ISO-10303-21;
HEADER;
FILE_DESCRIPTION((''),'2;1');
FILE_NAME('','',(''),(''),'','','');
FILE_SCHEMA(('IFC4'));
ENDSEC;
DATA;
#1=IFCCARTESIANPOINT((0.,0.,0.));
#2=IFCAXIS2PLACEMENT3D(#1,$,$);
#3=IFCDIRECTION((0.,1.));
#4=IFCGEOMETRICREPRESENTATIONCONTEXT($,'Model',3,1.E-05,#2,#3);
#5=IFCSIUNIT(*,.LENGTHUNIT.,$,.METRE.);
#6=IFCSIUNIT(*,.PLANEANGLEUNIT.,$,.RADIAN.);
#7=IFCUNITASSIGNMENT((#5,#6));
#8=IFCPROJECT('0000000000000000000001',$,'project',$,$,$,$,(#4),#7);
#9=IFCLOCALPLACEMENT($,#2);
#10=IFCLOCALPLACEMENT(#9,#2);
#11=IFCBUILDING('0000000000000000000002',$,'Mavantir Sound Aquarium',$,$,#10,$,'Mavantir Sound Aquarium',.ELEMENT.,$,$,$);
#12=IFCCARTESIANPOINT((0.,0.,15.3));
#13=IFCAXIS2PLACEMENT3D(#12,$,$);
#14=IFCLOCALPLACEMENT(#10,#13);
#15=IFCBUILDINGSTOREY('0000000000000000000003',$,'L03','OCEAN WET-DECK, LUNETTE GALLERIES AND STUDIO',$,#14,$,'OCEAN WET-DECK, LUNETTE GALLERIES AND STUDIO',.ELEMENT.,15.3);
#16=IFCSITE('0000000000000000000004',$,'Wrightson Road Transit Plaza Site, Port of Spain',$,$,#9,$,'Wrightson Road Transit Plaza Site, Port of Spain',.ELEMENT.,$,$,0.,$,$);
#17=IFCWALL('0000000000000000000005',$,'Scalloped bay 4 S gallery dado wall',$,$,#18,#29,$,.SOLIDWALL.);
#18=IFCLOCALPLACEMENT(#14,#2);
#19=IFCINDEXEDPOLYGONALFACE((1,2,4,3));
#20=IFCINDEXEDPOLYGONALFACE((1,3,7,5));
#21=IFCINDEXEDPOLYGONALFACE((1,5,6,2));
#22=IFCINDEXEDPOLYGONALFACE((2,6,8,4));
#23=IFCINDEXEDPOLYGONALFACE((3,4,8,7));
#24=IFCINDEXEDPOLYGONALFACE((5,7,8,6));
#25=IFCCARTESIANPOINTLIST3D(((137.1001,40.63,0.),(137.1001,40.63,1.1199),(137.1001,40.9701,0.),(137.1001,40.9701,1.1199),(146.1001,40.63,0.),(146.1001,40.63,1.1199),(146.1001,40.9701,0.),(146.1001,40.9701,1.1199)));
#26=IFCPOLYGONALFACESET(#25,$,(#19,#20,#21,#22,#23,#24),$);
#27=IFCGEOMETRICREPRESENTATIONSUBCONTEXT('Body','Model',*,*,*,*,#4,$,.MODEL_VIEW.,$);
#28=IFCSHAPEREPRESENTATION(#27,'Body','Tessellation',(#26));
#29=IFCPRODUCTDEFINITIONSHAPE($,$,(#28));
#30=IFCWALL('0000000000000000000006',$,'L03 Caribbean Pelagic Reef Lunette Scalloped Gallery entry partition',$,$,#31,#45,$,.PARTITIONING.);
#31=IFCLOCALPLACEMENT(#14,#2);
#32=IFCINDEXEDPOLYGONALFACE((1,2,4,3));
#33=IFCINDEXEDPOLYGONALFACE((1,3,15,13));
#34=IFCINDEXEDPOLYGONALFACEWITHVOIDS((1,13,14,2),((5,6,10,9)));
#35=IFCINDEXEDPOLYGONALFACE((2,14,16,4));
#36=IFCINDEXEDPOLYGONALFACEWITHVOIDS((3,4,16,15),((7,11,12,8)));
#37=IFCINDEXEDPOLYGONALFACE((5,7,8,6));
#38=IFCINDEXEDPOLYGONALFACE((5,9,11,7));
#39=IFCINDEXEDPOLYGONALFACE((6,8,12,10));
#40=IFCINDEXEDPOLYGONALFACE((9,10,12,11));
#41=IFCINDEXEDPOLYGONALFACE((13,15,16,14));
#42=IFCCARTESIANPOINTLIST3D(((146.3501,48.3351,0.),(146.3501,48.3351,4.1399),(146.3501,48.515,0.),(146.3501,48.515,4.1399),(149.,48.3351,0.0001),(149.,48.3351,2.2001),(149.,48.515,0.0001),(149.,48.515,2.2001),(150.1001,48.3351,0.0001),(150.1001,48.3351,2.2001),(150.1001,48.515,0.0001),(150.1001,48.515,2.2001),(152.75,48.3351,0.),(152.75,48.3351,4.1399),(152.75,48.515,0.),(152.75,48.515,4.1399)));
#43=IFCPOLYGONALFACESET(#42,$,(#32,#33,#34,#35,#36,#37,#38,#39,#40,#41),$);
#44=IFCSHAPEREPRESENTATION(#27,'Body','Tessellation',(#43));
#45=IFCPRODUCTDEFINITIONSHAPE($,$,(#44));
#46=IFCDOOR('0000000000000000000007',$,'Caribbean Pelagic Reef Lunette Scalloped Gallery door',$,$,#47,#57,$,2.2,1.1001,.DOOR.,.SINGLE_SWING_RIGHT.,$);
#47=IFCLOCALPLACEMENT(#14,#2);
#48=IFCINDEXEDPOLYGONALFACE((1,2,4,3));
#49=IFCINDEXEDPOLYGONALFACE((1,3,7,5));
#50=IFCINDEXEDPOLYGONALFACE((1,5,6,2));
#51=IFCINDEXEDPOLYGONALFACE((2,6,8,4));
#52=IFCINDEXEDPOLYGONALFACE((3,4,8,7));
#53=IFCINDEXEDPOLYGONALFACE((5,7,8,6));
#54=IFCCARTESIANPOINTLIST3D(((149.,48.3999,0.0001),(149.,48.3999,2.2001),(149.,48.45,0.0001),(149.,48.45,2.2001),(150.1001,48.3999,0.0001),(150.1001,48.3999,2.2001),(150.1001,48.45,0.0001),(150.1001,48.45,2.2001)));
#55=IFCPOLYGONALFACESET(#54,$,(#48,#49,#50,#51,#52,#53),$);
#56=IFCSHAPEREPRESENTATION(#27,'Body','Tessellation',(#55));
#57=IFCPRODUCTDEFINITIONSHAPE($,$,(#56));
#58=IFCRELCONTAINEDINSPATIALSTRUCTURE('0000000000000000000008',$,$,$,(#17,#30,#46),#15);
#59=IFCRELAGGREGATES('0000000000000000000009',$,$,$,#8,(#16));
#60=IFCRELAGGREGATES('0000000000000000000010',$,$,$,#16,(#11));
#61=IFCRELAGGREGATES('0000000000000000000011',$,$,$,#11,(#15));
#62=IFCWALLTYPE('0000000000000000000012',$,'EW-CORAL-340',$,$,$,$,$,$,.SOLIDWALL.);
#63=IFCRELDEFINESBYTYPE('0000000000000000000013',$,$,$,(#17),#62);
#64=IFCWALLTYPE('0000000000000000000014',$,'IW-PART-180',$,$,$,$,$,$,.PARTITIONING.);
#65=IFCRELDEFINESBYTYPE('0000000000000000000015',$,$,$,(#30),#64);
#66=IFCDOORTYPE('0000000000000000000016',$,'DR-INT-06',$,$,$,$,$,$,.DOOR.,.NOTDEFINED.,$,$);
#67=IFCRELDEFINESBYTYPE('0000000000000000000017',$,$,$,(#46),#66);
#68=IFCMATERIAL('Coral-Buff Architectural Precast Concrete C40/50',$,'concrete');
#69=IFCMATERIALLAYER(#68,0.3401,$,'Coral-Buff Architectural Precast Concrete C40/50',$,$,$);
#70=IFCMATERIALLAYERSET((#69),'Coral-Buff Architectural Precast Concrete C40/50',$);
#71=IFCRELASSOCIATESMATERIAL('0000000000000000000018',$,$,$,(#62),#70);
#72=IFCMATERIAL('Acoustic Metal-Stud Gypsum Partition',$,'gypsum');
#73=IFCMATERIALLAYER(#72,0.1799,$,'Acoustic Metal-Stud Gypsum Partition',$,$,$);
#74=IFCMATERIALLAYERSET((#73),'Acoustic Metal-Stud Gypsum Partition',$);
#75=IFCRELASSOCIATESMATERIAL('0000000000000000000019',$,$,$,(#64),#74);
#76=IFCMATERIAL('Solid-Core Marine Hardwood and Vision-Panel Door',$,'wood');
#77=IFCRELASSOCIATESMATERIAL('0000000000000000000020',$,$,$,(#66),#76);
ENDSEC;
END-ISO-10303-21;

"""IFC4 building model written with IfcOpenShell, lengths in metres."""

from ifc_helpers import new_model, si_unit, direction, frame, frame_2d, origin, place, context, subcontext, project, spatial, rectangle, extrude, material, layer, layer_set, type_object, element, fill, save


model = new_model("IFC4")

# Units and contexts
model_context = context("Model", 3, precision=1e-05, world=origin(), true_north=direction((0.0, 1.0)))
body_context = subcontext(model_context, "Body", "Model", "MODEL_VIEW")
ifc_project = project(units=[si_unit("LENGTHUNIT", "METRE"), si_unit("PLANEANGLEUNIT", "RADIAN")], contexts=[model_context])

# Site, building, storey
site_placement = place(None, origin())
site = spatial("IfcSite", under=ifc_project, at=site_placement, Name="Wrightson Road Transit Plaza Site, Port of Spain", LongName="Wrightson Road Transit Plaza Site, Port of Spain", CompositionType="ELEMENT", RefElevation=0.0)
building_placement = place(site_placement, origin())
building = spatial("IfcBuilding", under=site, at=building_placement, Name="Mavantir Sound Aquarium", LongName="Mavantir Sound Aquarium", CompositionType="ELEMENT")
storey_placement = place(building_placement, frame((0.0, 0.0, 15.3)))
storey = spatial("IfcBuildingStorey", under=building, at=storey_placement, Name="L03", Description="OCEAN WET-DECK, LUNETTE GALLERIES AND STUDIO", LongName="OCEAN WET-DECK, LUNETTE GALLERIES AND STUDIO", CompositionType="ELEMENT", Elevation=15.3)

# Wall
ifc_material_1 = material(Name="Coral-Buff Architectural Precast Concrete C40/50", Category="concrete")
ifc_layer_1 = layer(ifc_material_1, 0.3401, Name="Coral-Buff Architectural Precast Concrete C40/50")
ifc_layer_set_1 = layer_set([ifc_layer_1], Name="Coral-Buff Architectural Precast Concrete C40/50")
wall_type_1 = type_object("IfcWallType", Name="EW-CORAL-340", PredefinedType="SOLIDWALL", material=ifc_layer_set_1)
wall_1_placement = place(storey_placement, frame((137.1001, 40.8, 0.0), z_axis=(0.0, 0.0, 1.0), x_axis=(1.0, 0.0, 0.0)))
element("IfcWall", 1, at=wall_1_placement, inside=storey, type_object=wall_type_1, Name="Scalloped bay 4 S gallery dado wall", PredefinedType="SOLIDWALL", context=body_context, shape_type="SweptSolid", body=[
    extrude(rectangle(XDim=9.0, YDim=0.3401, at=frame_2d((4.5, 0.0))), origin(), (0.0, 0.0, 1.0), 1.1199),
])

# Wall, opening, door
ifc_material_2 = material(Name="Acoustic Metal-Stud Gypsum Partition", Category="gypsum")
ifc_layer_2 = layer(ifc_material_2, 0.1799, Name="Acoustic Metal-Stud Gypsum Partition")
ifc_layer_set_2 = layer_set([ifc_layer_2], Name="Acoustic Metal-Stud Gypsum Partition")
wall_type_2 = type_object("IfcWallType", Name="IW-PART-180", PredefinedType="PARTITIONING", material=ifc_layer_set_2)
wall_2_placement = place(storey_placement, frame((146.3501, 48.425, 0.0), z_axis=(0.0, 0.0, 1.0), x_axis=(1.0, 0.0, 0.0)))
wall_2 = element("IfcWall", 2, at=wall_2_placement, inside=storey, type_object=wall_type_2, Name="L03 Caribbean Pelagic Reef Lunette Scalloped Gallery entry partition", PredefinedType="PARTITIONING", context=body_context, shape_type="SweptSolid", body=[
    extrude(rectangle(XDim=6.3999, YDim=0.1799, at=frame_2d((3.2, 0.0))), origin(), (0.0, 0.0, 1.0), 4.1399),
])
opening_placement = place(wall_2_placement, frame((2.6499, 0.0, 0.0)))
opening = element("IfcOpeningElement", 3, at=opening_placement, cuts=wall_2, PredefinedType="OPENING", context=body_context, shape_type="SweptSolid", body=[
    extrude(rectangle(XDim=1.1001, YDim=2.2, at=frame_2d((0.55, 1.1001))), frame((0.0, 0.1001, 0.0), z_axis=(0.0, -1.0, 0.0), x_axis=(1.0, 0.0, 0.0)), (0.0, 0.0, 1.0), 0.2),
])
ifc_material_3 = material(Name="Solid-Core Marine Hardwood and Vision-Panel Door", Category="wood")
door_type = type_object("IfcDoorType", Name="DR-INT-06", OperationType="NOTDEFINED", PredefinedType="DOOR", material=ifc_material_3)
door_placement = place(opening_placement, origin())
door = element("IfcDoor", 4, at=door_placement, inside=storey, type_object=door_type, Name="Caribbean Pelagic Reef Lunette Scalloped Gallery door", OperationType="SINGLE_SWING_RIGHT", OverallHeight=2.2, OverallWidth=1.1001, PredefinedType="DOOR", context=body_context, shape_type="SweptSolid", body=[
    extrude(rectangle(XDim=1.1001, YDim=2.2, at=frame_2d((0.55, 1.1001))), frame((0.0, 0.0249, 0.0), z_axis=(0.0, -1.0, 0.0), x_axis=(1.0, 0.0, 0.0)), (0.0, 0.0, 1.0), 0.05),
])
fill(opening, door)

save(model, "model.ifc")
